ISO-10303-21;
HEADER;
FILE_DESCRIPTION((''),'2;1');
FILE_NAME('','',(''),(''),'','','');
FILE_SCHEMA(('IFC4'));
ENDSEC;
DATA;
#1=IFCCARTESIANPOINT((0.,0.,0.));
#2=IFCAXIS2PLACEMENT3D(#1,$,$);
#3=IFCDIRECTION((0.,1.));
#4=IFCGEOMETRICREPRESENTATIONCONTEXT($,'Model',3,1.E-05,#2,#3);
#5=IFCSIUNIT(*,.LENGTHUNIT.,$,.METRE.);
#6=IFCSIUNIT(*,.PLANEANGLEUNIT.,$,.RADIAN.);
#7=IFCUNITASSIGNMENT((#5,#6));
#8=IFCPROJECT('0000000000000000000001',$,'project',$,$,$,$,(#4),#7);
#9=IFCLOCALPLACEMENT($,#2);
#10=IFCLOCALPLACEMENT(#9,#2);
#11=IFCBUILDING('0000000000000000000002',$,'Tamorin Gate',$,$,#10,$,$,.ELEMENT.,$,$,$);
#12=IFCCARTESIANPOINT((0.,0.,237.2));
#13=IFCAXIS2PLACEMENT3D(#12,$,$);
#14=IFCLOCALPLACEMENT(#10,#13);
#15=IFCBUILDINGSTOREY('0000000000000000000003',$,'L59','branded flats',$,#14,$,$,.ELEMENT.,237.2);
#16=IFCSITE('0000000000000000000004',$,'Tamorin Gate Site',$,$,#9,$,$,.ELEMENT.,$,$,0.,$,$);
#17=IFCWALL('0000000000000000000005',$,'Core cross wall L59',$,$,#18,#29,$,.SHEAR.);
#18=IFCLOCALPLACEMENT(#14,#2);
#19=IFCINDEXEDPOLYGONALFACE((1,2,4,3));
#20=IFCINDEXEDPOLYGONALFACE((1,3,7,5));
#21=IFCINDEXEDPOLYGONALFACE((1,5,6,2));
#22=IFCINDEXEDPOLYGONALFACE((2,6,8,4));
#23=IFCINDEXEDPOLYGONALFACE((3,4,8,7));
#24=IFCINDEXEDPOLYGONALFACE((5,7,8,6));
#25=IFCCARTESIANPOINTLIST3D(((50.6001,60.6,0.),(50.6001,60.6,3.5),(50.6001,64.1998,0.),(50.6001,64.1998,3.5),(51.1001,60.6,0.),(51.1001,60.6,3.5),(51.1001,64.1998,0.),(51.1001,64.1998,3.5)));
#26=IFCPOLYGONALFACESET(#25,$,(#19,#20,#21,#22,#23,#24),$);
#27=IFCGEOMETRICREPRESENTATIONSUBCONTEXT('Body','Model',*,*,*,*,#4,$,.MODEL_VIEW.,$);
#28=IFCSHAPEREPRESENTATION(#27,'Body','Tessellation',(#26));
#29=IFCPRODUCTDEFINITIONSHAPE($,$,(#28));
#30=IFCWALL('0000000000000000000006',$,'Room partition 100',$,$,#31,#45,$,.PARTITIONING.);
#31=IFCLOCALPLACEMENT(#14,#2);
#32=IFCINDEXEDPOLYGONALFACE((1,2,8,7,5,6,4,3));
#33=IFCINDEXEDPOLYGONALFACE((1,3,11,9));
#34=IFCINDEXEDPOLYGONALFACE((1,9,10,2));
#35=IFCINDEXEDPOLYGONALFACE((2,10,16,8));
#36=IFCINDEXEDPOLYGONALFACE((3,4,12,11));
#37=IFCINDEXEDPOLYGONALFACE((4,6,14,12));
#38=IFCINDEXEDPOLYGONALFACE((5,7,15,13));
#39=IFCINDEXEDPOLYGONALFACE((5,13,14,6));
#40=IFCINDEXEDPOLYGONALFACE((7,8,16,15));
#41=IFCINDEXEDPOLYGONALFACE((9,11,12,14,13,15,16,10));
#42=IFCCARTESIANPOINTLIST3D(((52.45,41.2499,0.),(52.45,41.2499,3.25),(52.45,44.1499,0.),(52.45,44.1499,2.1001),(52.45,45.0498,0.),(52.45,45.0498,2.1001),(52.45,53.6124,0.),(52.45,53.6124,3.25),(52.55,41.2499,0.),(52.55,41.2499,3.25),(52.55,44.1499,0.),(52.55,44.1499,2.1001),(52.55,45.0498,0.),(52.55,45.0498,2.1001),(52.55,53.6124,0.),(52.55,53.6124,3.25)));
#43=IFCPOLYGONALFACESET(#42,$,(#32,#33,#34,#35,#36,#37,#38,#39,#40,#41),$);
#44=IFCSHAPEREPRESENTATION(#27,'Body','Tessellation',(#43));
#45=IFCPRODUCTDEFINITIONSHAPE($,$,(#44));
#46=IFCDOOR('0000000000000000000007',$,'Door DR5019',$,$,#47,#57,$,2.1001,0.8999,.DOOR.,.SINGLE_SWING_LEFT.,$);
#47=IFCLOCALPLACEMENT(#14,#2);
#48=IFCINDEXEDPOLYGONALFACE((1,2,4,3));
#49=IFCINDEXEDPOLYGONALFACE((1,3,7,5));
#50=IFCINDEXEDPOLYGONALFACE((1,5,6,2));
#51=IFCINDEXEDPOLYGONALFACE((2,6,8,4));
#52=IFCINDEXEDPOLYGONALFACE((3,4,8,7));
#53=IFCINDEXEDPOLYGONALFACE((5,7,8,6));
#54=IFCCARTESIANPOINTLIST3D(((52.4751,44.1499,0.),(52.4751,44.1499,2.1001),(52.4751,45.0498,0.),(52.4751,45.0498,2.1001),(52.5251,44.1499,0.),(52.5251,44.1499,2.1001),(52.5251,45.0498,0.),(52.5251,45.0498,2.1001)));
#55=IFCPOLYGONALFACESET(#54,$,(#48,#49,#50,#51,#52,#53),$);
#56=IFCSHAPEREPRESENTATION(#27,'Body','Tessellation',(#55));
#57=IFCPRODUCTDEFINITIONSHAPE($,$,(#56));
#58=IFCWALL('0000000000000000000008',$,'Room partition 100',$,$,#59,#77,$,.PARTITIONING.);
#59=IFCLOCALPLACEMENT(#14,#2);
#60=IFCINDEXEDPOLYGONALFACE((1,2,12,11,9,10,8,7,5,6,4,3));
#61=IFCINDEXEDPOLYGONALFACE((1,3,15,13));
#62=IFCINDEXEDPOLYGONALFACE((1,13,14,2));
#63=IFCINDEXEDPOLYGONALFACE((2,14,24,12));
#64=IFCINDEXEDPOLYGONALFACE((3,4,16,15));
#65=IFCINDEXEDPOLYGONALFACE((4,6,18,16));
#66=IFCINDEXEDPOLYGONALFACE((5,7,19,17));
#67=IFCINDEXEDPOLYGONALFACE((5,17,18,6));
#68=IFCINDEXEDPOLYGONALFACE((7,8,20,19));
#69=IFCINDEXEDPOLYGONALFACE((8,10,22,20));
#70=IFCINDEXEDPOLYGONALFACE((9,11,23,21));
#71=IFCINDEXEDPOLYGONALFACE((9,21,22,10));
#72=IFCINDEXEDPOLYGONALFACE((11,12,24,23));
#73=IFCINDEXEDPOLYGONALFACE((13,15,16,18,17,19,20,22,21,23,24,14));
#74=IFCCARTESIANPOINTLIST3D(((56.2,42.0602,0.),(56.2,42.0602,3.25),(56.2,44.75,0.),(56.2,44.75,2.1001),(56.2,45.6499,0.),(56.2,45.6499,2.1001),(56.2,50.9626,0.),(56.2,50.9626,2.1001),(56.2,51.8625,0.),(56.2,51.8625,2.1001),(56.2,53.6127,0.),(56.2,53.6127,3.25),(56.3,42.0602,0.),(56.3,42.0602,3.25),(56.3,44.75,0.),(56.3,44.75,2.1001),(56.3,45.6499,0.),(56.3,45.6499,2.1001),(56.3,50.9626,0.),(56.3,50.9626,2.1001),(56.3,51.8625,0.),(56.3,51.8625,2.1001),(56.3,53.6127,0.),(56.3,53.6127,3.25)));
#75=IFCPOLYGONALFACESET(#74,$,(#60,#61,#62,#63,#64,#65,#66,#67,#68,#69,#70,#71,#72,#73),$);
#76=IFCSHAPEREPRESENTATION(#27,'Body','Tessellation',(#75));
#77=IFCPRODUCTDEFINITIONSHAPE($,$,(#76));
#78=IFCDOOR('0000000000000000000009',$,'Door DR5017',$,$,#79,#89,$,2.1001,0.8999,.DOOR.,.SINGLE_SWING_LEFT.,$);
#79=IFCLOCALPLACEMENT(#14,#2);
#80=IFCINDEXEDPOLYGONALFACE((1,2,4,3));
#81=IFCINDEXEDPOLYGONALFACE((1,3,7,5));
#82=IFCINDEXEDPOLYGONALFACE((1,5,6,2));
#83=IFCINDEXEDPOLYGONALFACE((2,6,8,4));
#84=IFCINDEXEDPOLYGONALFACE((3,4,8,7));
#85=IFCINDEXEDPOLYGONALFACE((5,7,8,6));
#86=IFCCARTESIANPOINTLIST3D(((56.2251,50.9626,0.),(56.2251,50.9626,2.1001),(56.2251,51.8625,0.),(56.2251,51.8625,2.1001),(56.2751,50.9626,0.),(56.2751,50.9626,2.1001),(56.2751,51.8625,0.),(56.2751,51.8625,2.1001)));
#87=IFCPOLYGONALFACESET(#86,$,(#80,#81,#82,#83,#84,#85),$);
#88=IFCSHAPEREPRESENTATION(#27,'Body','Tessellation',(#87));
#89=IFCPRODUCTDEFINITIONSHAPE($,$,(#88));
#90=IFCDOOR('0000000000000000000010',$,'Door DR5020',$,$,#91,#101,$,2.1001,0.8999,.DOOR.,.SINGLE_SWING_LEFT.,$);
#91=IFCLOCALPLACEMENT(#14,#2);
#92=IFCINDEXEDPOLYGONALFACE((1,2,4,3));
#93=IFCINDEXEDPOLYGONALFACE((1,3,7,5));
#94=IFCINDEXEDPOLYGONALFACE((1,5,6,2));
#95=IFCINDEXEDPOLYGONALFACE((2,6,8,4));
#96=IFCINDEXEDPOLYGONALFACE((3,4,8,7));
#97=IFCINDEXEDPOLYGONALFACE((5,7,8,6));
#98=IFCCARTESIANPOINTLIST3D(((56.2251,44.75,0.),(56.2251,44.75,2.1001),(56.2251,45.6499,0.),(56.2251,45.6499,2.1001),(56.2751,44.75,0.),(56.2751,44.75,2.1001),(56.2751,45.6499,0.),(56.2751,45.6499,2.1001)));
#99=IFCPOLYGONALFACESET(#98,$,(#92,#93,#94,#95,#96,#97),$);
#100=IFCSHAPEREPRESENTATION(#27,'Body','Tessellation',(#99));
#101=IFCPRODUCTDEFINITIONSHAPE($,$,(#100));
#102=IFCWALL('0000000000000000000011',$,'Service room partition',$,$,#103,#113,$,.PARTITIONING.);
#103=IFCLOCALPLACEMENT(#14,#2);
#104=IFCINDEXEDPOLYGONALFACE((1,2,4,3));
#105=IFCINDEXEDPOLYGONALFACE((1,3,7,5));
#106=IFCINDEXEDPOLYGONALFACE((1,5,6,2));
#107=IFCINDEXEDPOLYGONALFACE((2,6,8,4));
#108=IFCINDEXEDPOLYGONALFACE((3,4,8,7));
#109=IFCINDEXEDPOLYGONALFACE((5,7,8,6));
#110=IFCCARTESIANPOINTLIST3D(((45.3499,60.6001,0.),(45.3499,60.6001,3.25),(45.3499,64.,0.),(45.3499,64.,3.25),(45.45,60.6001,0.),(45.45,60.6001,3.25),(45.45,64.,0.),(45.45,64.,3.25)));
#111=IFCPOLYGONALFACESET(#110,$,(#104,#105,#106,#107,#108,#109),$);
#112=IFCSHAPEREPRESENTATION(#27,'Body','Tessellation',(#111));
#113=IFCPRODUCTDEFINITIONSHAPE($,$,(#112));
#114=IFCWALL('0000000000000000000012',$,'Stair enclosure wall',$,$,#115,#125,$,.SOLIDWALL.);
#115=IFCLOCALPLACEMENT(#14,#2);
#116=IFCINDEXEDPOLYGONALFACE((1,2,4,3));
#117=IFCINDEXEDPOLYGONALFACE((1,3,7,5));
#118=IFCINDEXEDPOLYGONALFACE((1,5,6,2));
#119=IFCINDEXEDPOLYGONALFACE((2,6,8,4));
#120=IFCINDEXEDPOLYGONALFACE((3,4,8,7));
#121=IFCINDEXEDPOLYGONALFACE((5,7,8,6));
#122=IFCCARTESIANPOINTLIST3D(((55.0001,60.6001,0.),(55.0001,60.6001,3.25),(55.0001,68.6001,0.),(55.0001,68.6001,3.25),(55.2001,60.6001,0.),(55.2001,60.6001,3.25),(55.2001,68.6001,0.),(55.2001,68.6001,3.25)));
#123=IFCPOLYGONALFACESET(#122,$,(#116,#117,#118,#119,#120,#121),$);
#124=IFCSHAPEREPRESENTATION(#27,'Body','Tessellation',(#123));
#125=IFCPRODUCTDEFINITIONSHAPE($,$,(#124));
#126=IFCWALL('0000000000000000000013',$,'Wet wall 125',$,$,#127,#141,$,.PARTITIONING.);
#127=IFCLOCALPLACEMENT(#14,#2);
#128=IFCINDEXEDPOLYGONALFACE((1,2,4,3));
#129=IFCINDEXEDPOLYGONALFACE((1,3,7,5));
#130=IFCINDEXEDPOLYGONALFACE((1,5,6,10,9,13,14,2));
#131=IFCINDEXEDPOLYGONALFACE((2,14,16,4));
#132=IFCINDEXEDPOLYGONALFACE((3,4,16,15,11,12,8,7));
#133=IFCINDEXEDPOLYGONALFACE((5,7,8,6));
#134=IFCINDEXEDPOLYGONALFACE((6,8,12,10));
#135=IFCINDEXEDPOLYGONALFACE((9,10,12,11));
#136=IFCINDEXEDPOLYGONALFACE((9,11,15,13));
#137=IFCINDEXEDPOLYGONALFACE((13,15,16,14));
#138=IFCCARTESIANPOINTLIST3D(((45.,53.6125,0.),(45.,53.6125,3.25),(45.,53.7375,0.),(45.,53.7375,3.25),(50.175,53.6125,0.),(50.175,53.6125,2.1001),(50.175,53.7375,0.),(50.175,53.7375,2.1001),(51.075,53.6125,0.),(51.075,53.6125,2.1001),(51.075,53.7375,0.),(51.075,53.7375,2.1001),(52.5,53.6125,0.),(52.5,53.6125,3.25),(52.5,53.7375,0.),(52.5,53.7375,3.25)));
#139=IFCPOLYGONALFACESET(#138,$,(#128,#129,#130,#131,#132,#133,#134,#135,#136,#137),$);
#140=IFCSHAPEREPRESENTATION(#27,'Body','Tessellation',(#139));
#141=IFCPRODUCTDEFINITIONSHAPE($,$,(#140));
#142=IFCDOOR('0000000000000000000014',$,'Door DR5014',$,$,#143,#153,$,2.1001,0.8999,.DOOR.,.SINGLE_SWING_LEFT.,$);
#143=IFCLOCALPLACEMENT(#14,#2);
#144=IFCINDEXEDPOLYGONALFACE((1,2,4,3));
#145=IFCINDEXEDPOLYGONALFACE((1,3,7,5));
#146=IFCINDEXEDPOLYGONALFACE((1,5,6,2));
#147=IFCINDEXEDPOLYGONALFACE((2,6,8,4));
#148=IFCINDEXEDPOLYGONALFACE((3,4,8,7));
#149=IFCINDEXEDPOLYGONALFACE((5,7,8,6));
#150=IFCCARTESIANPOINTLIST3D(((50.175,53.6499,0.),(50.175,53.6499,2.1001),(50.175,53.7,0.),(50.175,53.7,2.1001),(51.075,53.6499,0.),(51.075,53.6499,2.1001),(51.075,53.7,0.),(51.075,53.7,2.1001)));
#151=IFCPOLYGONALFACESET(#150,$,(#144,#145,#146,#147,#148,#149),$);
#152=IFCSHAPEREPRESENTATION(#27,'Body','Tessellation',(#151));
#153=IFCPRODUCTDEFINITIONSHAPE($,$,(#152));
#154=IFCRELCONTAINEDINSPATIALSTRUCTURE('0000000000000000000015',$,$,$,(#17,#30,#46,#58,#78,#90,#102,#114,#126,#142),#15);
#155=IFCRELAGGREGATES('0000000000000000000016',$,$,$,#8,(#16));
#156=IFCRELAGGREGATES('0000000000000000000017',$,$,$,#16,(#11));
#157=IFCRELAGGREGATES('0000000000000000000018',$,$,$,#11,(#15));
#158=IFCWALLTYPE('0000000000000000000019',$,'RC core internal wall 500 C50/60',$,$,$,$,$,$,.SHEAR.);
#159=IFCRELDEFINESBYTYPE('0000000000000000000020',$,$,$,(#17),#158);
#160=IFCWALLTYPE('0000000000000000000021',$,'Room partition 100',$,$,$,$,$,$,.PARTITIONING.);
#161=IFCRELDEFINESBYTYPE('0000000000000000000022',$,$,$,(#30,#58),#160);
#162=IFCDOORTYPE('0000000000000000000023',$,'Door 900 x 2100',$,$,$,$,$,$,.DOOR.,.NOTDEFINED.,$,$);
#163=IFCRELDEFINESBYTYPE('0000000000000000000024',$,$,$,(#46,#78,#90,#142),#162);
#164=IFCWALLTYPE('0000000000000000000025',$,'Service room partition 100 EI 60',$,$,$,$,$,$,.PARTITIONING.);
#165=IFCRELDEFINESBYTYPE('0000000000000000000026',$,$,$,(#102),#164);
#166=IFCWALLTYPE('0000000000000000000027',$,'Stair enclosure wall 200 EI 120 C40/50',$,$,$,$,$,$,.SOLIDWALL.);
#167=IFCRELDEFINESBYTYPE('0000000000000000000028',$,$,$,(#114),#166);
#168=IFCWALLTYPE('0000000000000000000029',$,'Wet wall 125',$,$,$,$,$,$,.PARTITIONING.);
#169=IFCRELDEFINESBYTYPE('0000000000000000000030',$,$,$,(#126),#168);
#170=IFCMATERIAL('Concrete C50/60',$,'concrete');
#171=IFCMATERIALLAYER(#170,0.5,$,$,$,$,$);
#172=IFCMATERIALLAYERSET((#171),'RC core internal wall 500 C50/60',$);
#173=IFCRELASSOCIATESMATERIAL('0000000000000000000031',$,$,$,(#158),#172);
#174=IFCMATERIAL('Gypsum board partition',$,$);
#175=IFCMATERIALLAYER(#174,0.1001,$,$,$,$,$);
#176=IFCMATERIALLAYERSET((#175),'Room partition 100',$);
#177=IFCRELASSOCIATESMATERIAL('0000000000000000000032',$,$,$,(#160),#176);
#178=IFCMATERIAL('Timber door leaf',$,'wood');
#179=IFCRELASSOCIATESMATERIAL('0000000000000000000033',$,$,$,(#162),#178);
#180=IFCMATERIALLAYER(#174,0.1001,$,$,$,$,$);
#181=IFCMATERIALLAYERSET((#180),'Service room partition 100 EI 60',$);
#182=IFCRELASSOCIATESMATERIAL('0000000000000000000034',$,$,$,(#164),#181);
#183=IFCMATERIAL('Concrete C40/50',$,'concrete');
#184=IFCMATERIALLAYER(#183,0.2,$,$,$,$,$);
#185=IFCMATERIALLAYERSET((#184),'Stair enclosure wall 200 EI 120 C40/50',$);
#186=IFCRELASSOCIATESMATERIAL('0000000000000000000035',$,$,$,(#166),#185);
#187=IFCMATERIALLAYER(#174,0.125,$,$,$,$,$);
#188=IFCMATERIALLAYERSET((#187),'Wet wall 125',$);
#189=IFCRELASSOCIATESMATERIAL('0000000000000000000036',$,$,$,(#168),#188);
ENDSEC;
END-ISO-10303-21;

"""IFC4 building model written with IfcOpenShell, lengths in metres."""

from ifc_helpers import new_model, si_unit, direction, frame, frame_2d, origin, place, context, subcontext, project, spatial, rectangle, extrude, material, layer, layer_set, type_object, element, fill, save


model = new_model("IFC4")

# Units and contexts
model_context = context("Model", 3, precision=1e-05, world=origin(), true_north=direction((0.0, 1.0)))
body_context = subcontext(model_context, "Body", "Model", "MODEL_VIEW")
ifc_project = project(units=[si_unit("LENGTHUNIT", "METRE"), si_unit("PLANEANGLEUNIT", "RADIAN")], contexts=[model_context])

# Site, building, storey
site_placement = place(None, origin())
site = spatial("IfcSite", under=ifc_project, at=site_placement, Name="Tamorin Gate Site", CompositionType="ELEMENT", RefElevation=0.0)
building_placement = place(site_placement, origin())
building = spatial("IfcBuilding", under=site, at=building_placement, Name="Tamorin Gate", CompositionType="ELEMENT")
storey_placement = place(building_placement, frame((0.0, 0.0, 237.2)))
storey = spatial("IfcBuildingStorey", under=building, at=storey_placement, Name="L59", Description="branded flats", CompositionType="ELEMENT", Elevation=237.2)

# Shared definitions
ifc_material_1 = material(Name="Concrete C50/60", Category="concrete")

# Wall
ifc_material_2 = material(Name="Gypsum board partition")
ifc_layer_1 = layer(ifc_material_1, 0.5)
ifc_layer_set_1 = layer_set([ifc_layer_1], Name="RC core internal wall 500 C50/60")
wall_type_1 = type_object("IfcWallType", Name="RC core internal wall 500 C50/60", PredefinedType="SHEAR", material=ifc_layer_set_1)
wall_1_placement = place(storey_placement, frame((50.8501, 60.6001, 0.0), z_axis=(0.0, 0.0, 1.0), x_axis=(0.0, 1.0, 0.0)))
element("IfcWall", 1, at=wall_1_placement, inside=storey, type_object=wall_type_1, Name="Core cross wall L59", PredefinedType="SHEAR", context=body_context, shape_type="SweptSolid", body=[
    extrude(rectangle(XDim=3.5999, YDim=0.5, at=frame_2d((1.7998, 0.0))), origin(), (0.0, 0.0, 1.0), 3.5),
])

# Wall, opening, door
ifc_layer_2 = layer(ifc_material_2, 0.1001)
ifc_layer_set_2 = layer_set([ifc_layer_2], Name="Room partition 100")
wall_type_2 = type_object("IfcWallType", Name="Room partition 100", PredefinedType="PARTITIONING", material=ifc_layer_set_2)
wall_2_placement = place(storey_placement, frame((52.5, 41.25, 0.0), z_axis=(0.0, 0.0, 1.0), x_axis=(0.0, 1.0, 0.0)))
wall_2 = element("IfcWall", 2, at=wall_2_placement, inside=storey, type_object=wall_type_2, Name="Room partition 100", PredefinedType="PARTITIONING", context=body_context, shape_type="SweptSolid", body=[
    extrude(rectangle(XDim=12.3625, YDim=0.1001, at=frame_2d((6.1812, 0.0))), origin(), (0.0, 0.0, 1.0), 3.25),
])
opening_1_placement = place(wall_2_placement, frame((2.8999, 0.0, 0.0)))
opening_1 = element("IfcOpeningElement", 3, at=opening_1_placement, cuts=wall_2, PredefinedType="OPENING", context=body_context, shape_type="SweptSolid", body=[
    extrude(rectangle(XDim=0.8999, YDim=2.1001, at=frame_2d((0.45, 1.05))), frame((0.0, 0.0601, 0.0), z_axis=(0.0, -1.0, 0.0), x_axis=(1.0, 0.0, 0.0)), (0.0, 0.0, 1.0), 0.1201),
])
ifc_material_3 = material(Name="Timber door leaf", Category="wood")
door_type = type_object("IfcDoorType", Name="Door 900 x 2100", OperationType="NOTDEFINED", PredefinedType="DOOR", material=ifc_material_3)
door_1_placement = place(opening_1_placement, origin())
door_1 = element("IfcDoor", 4, at=door_1_placement, inside=storey, type_object=door_type, Name="Door DR5019", OperationType="SINGLE_SWING_LEFT", OverallHeight=2.1001, OverallWidth=0.8999, PredefinedType="DOOR", context=body_context, shape_type="SweptSolid", body=[
    extrude(rectangle(XDim=0.8999, YDim=2.1001, at=frame_2d((0.45, 1.05))), frame((0.0, 0.0249, 0.0), z_axis=(0.0, -1.0, 0.0), x_axis=(1.0, 0.0, 0.0)), (0.0, 0.0, 1.0), 0.05),
])
fill(opening_1, door_1)

# Wall, openings, doors
wall_3_placement = place(storey_placement, frame((56.25, 42.0601, 0.0), z_axis=(0.0, 0.0, 1.0), x_axis=(0.0, 1.0, 0.0)))
wall_3 = element("IfcWall", 5, at=wall_3_placement, inside=storey, type_object=wall_type_2, Name="Room partition 100", PredefinedType="PARTITIONING", context=body_context, shape_type="SweptSolid", body=[
    extrude(rectangle(XDim=11.5525, YDim=0.1001, at=frame_2d((5.7764, 0.0))), origin(), (0.0, 0.0, 1.0), 3.25),
])
opening_2_placement = place(wall_3_placement, frame((8.9026, 0.0, 0.0)))
opening_2 = element("IfcOpeningElement", 6, at=opening_2_placement, cuts=wall_3, PredefinedType="OPENING", context=body_context, shape_type="SweptSolid", body=[
    extrude(rectangle(XDim=0.8999, YDim=2.1001, at=frame_2d((0.45, 1.05))), frame((0.0, 0.0601, 0.0), z_axis=(0.0, -1.0, 0.0), x_axis=(1.0, 0.0, 0.0)), (0.0, 0.0, 1.0), 0.1201),
])
opening_3_placement = place(wall_3_placement, frame((2.6899, 0.0, 0.0)))
opening_3 = element("IfcOpeningElement", 7, at=opening_3_placement, cuts=wall_3, PredefinedType="OPENING", context=body_context, shape_type="SweptSolid", body=[
    extrude(rectangle(XDim=0.8999, YDim=2.1001, at=frame_2d((0.45, 1.05))), frame((0.0, 0.0601, 0.0), z_axis=(0.0, -1.0, 0.0), x_axis=(1.0, 0.0, 0.0)), (0.0, 0.0, 1.0), 0.1201),
])
door_2_placement = place(opening_2_placement, origin())
door_2 = element("IfcDoor", 8, at=door_2_placement, inside=storey, type_object=door_type, Name="Door DR5017", OperationType="SINGLE_SWING_LEFT", OverallHeight=2.1001, OverallWidth=0.8999, PredefinedType="DOOR", context=body_context, shape_type="SweptSolid", body=[
    extrude(rectangle(XDim=0.8999, YDim=2.1001, at=frame_2d((0.45, 1.05))), frame((0.0, 0.0249, 0.0), z_axis=(0.0, -1.0, 0.0), x_axis=(1.0, 0.0, 0.0)), (0.0, 0.0, 1.0), 0.05),
])
fill(opening_2, door_2)
door_3_placement = place(opening_3_placement, origin())
door_3 = element("IfcDoor", 9, at=door_3_placement, inside=storey, type_object=door_type, Name="Door DR5020", OperationType="SINGLE_SWING_LEFT", OverallHeight=2.1001, OverallWidth=0.8999, PredefinedType="DOOR", context=body_context, shape_type="SweptSolid", body=[
    extrude(rectangle(XDim=0.8999, YDim=2.1001, at=frame_2d((0.45, 1.05))), frame((0.0, 0.0249, 0.0), z_axis=(0.0, -1.0, 0.0), x_axis=(1.0, 0.0, 0.0)), (0.0, 0.0, 1.0), 0.05),
])
fill(opening_3, door_3)

# Walls
ifc_layer_3 = layer(ifc_material_2, 0.1001)
ifc_layer_set_3 = layer_set([ifc_layer_3], Name="Service room partition 100 EI 60")
wall_type_3 = type_object("IfcWallType", Name="Service room partition 100 EI 60", PredefinedType="PARTITIONING", material=ifc_layer_set_3)
wall_4_placement = place(storey_placement, frame((45.3999, 60.6001, 0.0), z_axis=(0.0, 0.0, 1.0), x_axis=(0.0, 1.0, 0.0)))
element("IfcWall", 10, at=wall_4_placement, inside=storey, type_object=wall_type_3, Name="Service room partition", PredefinedType="PARTITIONING", context=body_context, shape_type="SweptSolid", body=[
    extrude(rectangle(XDim=3.3999, YDim=0.1001, at=frame_2d((1.7, 0.0))), origin(), (0.0, 0.0, 1.0), 3.25),
])
ifc_material_4 = material(Name="Concrete C40/50", Category="concrete")
ifc_layer_4 = layer(ifc_material_4, 0.2)
ifc_layer_set_4 = layer_set([ifc_layer_4], Name="Stair enclosure wall 200 EI 120 C40/50")
wall_type_4 = type_object("IfcWallType", Name="Stair enclosure wall 200 EI 120 C40/50", PredefinedType="SOLIDWALL", material=ifc_layer_set_4)
wall_5_placement = place(storey_placement, frame((55.1001, 60.6001, 0.0), z_axis=(0.0, 0.0, 1.0), x_axis=(0.0, 1.0, 0.0)))
element("IfcWall", 11, at=wall_5_placement, inside=storey, type_object=wall_type_4, Name="Stair enclosure wall", PredefinedType="SOLIDWALL", context=body_context, shape_type="SweptSolid", body=[
    extrude(rectangle(XDim=8.0, YDim=0.2, at=frame_2d((4.0, 0.0))), origin(), (0.0, 0.0, 1.0), 3.25),
])

# Wall, opening, door
ifc_layer_5 = layer(ifc_material_2, 0.125)
ifc_layer_set_5 = layer_set([ifc_layer_5], Name="Wet wall 125")
wall_type_5 = type_object("IfcWallType", Name="Wet wall 125", PredefinedType="PARTITIONING", material=ifc_layer_set_5)
wall_6_placement = place(storey_placement, frame((45.0, 53.675, 0.0), z_axis=(0.0, 0.0, 1.0), x_axis=(1.0, 0.0, 0.0)))
wall_6 = element("IfcWall", 12, at=wall_6_placement, inside=storey, type_object=wall_type_5, Name="Wet wall 125", PredefinedType="PARTITIONING", context=body_context, shape_type="SweptSolid", body=[
    extrude(rectangle(XDim=7.5, YDim=0.125, at=frame_2d((3.75, 0.0))), origin(), (0.0, 0.0, 1.0), 3.25),
])
opening_4_placement = place(wall_6_placement, frame((5.175, 0.0, 0.0)))
opening_4 = element("IfcOpeningElement", 13, at=opening_4_placement, cuts=wall_6, PredefinedType="OPENING", context=body_context, shape_type="SweptSolid", body=[
    extrude(rectangle(XDim=0.8999, YDim=2.1001, at=frame_2d((0.45, 1.05))), frame((0.0, 0.0725, 0.0), z_axis=(0.0, -1.0, 0.0), x_axis=(1.0, 0.0, 0.0)), (0.0, 0.0, 1.0), 0.145),
])
door_4_placement = place(opening_4_placement, origin())
door_4 = element("IfcDoor", 14, at=door_4_placement, inside=storey, type_object=door_type, Name="Door DR5014", OperationType="SINGLE_SWING_LEFT", OverallHeight=2.1001, OverallWidth=0.8999, PredefinedType="DOOR", context=body_context, shape_type="SweptSolid", body=[
    extrude(rectangle(XDim=0.8999, YDim=2.1001, at=frame_2d((0.45, 1.05))), frame((0.0, 0.0249, 0.0), z_axis=(0.0, -1.0, 0.0), x_axis=(1.0, 0.0, 0.0)), (0.0, 0.0, 1.0), 0.05),
])
fill(opening_4, door_4)

save(model, "model.ifc")
